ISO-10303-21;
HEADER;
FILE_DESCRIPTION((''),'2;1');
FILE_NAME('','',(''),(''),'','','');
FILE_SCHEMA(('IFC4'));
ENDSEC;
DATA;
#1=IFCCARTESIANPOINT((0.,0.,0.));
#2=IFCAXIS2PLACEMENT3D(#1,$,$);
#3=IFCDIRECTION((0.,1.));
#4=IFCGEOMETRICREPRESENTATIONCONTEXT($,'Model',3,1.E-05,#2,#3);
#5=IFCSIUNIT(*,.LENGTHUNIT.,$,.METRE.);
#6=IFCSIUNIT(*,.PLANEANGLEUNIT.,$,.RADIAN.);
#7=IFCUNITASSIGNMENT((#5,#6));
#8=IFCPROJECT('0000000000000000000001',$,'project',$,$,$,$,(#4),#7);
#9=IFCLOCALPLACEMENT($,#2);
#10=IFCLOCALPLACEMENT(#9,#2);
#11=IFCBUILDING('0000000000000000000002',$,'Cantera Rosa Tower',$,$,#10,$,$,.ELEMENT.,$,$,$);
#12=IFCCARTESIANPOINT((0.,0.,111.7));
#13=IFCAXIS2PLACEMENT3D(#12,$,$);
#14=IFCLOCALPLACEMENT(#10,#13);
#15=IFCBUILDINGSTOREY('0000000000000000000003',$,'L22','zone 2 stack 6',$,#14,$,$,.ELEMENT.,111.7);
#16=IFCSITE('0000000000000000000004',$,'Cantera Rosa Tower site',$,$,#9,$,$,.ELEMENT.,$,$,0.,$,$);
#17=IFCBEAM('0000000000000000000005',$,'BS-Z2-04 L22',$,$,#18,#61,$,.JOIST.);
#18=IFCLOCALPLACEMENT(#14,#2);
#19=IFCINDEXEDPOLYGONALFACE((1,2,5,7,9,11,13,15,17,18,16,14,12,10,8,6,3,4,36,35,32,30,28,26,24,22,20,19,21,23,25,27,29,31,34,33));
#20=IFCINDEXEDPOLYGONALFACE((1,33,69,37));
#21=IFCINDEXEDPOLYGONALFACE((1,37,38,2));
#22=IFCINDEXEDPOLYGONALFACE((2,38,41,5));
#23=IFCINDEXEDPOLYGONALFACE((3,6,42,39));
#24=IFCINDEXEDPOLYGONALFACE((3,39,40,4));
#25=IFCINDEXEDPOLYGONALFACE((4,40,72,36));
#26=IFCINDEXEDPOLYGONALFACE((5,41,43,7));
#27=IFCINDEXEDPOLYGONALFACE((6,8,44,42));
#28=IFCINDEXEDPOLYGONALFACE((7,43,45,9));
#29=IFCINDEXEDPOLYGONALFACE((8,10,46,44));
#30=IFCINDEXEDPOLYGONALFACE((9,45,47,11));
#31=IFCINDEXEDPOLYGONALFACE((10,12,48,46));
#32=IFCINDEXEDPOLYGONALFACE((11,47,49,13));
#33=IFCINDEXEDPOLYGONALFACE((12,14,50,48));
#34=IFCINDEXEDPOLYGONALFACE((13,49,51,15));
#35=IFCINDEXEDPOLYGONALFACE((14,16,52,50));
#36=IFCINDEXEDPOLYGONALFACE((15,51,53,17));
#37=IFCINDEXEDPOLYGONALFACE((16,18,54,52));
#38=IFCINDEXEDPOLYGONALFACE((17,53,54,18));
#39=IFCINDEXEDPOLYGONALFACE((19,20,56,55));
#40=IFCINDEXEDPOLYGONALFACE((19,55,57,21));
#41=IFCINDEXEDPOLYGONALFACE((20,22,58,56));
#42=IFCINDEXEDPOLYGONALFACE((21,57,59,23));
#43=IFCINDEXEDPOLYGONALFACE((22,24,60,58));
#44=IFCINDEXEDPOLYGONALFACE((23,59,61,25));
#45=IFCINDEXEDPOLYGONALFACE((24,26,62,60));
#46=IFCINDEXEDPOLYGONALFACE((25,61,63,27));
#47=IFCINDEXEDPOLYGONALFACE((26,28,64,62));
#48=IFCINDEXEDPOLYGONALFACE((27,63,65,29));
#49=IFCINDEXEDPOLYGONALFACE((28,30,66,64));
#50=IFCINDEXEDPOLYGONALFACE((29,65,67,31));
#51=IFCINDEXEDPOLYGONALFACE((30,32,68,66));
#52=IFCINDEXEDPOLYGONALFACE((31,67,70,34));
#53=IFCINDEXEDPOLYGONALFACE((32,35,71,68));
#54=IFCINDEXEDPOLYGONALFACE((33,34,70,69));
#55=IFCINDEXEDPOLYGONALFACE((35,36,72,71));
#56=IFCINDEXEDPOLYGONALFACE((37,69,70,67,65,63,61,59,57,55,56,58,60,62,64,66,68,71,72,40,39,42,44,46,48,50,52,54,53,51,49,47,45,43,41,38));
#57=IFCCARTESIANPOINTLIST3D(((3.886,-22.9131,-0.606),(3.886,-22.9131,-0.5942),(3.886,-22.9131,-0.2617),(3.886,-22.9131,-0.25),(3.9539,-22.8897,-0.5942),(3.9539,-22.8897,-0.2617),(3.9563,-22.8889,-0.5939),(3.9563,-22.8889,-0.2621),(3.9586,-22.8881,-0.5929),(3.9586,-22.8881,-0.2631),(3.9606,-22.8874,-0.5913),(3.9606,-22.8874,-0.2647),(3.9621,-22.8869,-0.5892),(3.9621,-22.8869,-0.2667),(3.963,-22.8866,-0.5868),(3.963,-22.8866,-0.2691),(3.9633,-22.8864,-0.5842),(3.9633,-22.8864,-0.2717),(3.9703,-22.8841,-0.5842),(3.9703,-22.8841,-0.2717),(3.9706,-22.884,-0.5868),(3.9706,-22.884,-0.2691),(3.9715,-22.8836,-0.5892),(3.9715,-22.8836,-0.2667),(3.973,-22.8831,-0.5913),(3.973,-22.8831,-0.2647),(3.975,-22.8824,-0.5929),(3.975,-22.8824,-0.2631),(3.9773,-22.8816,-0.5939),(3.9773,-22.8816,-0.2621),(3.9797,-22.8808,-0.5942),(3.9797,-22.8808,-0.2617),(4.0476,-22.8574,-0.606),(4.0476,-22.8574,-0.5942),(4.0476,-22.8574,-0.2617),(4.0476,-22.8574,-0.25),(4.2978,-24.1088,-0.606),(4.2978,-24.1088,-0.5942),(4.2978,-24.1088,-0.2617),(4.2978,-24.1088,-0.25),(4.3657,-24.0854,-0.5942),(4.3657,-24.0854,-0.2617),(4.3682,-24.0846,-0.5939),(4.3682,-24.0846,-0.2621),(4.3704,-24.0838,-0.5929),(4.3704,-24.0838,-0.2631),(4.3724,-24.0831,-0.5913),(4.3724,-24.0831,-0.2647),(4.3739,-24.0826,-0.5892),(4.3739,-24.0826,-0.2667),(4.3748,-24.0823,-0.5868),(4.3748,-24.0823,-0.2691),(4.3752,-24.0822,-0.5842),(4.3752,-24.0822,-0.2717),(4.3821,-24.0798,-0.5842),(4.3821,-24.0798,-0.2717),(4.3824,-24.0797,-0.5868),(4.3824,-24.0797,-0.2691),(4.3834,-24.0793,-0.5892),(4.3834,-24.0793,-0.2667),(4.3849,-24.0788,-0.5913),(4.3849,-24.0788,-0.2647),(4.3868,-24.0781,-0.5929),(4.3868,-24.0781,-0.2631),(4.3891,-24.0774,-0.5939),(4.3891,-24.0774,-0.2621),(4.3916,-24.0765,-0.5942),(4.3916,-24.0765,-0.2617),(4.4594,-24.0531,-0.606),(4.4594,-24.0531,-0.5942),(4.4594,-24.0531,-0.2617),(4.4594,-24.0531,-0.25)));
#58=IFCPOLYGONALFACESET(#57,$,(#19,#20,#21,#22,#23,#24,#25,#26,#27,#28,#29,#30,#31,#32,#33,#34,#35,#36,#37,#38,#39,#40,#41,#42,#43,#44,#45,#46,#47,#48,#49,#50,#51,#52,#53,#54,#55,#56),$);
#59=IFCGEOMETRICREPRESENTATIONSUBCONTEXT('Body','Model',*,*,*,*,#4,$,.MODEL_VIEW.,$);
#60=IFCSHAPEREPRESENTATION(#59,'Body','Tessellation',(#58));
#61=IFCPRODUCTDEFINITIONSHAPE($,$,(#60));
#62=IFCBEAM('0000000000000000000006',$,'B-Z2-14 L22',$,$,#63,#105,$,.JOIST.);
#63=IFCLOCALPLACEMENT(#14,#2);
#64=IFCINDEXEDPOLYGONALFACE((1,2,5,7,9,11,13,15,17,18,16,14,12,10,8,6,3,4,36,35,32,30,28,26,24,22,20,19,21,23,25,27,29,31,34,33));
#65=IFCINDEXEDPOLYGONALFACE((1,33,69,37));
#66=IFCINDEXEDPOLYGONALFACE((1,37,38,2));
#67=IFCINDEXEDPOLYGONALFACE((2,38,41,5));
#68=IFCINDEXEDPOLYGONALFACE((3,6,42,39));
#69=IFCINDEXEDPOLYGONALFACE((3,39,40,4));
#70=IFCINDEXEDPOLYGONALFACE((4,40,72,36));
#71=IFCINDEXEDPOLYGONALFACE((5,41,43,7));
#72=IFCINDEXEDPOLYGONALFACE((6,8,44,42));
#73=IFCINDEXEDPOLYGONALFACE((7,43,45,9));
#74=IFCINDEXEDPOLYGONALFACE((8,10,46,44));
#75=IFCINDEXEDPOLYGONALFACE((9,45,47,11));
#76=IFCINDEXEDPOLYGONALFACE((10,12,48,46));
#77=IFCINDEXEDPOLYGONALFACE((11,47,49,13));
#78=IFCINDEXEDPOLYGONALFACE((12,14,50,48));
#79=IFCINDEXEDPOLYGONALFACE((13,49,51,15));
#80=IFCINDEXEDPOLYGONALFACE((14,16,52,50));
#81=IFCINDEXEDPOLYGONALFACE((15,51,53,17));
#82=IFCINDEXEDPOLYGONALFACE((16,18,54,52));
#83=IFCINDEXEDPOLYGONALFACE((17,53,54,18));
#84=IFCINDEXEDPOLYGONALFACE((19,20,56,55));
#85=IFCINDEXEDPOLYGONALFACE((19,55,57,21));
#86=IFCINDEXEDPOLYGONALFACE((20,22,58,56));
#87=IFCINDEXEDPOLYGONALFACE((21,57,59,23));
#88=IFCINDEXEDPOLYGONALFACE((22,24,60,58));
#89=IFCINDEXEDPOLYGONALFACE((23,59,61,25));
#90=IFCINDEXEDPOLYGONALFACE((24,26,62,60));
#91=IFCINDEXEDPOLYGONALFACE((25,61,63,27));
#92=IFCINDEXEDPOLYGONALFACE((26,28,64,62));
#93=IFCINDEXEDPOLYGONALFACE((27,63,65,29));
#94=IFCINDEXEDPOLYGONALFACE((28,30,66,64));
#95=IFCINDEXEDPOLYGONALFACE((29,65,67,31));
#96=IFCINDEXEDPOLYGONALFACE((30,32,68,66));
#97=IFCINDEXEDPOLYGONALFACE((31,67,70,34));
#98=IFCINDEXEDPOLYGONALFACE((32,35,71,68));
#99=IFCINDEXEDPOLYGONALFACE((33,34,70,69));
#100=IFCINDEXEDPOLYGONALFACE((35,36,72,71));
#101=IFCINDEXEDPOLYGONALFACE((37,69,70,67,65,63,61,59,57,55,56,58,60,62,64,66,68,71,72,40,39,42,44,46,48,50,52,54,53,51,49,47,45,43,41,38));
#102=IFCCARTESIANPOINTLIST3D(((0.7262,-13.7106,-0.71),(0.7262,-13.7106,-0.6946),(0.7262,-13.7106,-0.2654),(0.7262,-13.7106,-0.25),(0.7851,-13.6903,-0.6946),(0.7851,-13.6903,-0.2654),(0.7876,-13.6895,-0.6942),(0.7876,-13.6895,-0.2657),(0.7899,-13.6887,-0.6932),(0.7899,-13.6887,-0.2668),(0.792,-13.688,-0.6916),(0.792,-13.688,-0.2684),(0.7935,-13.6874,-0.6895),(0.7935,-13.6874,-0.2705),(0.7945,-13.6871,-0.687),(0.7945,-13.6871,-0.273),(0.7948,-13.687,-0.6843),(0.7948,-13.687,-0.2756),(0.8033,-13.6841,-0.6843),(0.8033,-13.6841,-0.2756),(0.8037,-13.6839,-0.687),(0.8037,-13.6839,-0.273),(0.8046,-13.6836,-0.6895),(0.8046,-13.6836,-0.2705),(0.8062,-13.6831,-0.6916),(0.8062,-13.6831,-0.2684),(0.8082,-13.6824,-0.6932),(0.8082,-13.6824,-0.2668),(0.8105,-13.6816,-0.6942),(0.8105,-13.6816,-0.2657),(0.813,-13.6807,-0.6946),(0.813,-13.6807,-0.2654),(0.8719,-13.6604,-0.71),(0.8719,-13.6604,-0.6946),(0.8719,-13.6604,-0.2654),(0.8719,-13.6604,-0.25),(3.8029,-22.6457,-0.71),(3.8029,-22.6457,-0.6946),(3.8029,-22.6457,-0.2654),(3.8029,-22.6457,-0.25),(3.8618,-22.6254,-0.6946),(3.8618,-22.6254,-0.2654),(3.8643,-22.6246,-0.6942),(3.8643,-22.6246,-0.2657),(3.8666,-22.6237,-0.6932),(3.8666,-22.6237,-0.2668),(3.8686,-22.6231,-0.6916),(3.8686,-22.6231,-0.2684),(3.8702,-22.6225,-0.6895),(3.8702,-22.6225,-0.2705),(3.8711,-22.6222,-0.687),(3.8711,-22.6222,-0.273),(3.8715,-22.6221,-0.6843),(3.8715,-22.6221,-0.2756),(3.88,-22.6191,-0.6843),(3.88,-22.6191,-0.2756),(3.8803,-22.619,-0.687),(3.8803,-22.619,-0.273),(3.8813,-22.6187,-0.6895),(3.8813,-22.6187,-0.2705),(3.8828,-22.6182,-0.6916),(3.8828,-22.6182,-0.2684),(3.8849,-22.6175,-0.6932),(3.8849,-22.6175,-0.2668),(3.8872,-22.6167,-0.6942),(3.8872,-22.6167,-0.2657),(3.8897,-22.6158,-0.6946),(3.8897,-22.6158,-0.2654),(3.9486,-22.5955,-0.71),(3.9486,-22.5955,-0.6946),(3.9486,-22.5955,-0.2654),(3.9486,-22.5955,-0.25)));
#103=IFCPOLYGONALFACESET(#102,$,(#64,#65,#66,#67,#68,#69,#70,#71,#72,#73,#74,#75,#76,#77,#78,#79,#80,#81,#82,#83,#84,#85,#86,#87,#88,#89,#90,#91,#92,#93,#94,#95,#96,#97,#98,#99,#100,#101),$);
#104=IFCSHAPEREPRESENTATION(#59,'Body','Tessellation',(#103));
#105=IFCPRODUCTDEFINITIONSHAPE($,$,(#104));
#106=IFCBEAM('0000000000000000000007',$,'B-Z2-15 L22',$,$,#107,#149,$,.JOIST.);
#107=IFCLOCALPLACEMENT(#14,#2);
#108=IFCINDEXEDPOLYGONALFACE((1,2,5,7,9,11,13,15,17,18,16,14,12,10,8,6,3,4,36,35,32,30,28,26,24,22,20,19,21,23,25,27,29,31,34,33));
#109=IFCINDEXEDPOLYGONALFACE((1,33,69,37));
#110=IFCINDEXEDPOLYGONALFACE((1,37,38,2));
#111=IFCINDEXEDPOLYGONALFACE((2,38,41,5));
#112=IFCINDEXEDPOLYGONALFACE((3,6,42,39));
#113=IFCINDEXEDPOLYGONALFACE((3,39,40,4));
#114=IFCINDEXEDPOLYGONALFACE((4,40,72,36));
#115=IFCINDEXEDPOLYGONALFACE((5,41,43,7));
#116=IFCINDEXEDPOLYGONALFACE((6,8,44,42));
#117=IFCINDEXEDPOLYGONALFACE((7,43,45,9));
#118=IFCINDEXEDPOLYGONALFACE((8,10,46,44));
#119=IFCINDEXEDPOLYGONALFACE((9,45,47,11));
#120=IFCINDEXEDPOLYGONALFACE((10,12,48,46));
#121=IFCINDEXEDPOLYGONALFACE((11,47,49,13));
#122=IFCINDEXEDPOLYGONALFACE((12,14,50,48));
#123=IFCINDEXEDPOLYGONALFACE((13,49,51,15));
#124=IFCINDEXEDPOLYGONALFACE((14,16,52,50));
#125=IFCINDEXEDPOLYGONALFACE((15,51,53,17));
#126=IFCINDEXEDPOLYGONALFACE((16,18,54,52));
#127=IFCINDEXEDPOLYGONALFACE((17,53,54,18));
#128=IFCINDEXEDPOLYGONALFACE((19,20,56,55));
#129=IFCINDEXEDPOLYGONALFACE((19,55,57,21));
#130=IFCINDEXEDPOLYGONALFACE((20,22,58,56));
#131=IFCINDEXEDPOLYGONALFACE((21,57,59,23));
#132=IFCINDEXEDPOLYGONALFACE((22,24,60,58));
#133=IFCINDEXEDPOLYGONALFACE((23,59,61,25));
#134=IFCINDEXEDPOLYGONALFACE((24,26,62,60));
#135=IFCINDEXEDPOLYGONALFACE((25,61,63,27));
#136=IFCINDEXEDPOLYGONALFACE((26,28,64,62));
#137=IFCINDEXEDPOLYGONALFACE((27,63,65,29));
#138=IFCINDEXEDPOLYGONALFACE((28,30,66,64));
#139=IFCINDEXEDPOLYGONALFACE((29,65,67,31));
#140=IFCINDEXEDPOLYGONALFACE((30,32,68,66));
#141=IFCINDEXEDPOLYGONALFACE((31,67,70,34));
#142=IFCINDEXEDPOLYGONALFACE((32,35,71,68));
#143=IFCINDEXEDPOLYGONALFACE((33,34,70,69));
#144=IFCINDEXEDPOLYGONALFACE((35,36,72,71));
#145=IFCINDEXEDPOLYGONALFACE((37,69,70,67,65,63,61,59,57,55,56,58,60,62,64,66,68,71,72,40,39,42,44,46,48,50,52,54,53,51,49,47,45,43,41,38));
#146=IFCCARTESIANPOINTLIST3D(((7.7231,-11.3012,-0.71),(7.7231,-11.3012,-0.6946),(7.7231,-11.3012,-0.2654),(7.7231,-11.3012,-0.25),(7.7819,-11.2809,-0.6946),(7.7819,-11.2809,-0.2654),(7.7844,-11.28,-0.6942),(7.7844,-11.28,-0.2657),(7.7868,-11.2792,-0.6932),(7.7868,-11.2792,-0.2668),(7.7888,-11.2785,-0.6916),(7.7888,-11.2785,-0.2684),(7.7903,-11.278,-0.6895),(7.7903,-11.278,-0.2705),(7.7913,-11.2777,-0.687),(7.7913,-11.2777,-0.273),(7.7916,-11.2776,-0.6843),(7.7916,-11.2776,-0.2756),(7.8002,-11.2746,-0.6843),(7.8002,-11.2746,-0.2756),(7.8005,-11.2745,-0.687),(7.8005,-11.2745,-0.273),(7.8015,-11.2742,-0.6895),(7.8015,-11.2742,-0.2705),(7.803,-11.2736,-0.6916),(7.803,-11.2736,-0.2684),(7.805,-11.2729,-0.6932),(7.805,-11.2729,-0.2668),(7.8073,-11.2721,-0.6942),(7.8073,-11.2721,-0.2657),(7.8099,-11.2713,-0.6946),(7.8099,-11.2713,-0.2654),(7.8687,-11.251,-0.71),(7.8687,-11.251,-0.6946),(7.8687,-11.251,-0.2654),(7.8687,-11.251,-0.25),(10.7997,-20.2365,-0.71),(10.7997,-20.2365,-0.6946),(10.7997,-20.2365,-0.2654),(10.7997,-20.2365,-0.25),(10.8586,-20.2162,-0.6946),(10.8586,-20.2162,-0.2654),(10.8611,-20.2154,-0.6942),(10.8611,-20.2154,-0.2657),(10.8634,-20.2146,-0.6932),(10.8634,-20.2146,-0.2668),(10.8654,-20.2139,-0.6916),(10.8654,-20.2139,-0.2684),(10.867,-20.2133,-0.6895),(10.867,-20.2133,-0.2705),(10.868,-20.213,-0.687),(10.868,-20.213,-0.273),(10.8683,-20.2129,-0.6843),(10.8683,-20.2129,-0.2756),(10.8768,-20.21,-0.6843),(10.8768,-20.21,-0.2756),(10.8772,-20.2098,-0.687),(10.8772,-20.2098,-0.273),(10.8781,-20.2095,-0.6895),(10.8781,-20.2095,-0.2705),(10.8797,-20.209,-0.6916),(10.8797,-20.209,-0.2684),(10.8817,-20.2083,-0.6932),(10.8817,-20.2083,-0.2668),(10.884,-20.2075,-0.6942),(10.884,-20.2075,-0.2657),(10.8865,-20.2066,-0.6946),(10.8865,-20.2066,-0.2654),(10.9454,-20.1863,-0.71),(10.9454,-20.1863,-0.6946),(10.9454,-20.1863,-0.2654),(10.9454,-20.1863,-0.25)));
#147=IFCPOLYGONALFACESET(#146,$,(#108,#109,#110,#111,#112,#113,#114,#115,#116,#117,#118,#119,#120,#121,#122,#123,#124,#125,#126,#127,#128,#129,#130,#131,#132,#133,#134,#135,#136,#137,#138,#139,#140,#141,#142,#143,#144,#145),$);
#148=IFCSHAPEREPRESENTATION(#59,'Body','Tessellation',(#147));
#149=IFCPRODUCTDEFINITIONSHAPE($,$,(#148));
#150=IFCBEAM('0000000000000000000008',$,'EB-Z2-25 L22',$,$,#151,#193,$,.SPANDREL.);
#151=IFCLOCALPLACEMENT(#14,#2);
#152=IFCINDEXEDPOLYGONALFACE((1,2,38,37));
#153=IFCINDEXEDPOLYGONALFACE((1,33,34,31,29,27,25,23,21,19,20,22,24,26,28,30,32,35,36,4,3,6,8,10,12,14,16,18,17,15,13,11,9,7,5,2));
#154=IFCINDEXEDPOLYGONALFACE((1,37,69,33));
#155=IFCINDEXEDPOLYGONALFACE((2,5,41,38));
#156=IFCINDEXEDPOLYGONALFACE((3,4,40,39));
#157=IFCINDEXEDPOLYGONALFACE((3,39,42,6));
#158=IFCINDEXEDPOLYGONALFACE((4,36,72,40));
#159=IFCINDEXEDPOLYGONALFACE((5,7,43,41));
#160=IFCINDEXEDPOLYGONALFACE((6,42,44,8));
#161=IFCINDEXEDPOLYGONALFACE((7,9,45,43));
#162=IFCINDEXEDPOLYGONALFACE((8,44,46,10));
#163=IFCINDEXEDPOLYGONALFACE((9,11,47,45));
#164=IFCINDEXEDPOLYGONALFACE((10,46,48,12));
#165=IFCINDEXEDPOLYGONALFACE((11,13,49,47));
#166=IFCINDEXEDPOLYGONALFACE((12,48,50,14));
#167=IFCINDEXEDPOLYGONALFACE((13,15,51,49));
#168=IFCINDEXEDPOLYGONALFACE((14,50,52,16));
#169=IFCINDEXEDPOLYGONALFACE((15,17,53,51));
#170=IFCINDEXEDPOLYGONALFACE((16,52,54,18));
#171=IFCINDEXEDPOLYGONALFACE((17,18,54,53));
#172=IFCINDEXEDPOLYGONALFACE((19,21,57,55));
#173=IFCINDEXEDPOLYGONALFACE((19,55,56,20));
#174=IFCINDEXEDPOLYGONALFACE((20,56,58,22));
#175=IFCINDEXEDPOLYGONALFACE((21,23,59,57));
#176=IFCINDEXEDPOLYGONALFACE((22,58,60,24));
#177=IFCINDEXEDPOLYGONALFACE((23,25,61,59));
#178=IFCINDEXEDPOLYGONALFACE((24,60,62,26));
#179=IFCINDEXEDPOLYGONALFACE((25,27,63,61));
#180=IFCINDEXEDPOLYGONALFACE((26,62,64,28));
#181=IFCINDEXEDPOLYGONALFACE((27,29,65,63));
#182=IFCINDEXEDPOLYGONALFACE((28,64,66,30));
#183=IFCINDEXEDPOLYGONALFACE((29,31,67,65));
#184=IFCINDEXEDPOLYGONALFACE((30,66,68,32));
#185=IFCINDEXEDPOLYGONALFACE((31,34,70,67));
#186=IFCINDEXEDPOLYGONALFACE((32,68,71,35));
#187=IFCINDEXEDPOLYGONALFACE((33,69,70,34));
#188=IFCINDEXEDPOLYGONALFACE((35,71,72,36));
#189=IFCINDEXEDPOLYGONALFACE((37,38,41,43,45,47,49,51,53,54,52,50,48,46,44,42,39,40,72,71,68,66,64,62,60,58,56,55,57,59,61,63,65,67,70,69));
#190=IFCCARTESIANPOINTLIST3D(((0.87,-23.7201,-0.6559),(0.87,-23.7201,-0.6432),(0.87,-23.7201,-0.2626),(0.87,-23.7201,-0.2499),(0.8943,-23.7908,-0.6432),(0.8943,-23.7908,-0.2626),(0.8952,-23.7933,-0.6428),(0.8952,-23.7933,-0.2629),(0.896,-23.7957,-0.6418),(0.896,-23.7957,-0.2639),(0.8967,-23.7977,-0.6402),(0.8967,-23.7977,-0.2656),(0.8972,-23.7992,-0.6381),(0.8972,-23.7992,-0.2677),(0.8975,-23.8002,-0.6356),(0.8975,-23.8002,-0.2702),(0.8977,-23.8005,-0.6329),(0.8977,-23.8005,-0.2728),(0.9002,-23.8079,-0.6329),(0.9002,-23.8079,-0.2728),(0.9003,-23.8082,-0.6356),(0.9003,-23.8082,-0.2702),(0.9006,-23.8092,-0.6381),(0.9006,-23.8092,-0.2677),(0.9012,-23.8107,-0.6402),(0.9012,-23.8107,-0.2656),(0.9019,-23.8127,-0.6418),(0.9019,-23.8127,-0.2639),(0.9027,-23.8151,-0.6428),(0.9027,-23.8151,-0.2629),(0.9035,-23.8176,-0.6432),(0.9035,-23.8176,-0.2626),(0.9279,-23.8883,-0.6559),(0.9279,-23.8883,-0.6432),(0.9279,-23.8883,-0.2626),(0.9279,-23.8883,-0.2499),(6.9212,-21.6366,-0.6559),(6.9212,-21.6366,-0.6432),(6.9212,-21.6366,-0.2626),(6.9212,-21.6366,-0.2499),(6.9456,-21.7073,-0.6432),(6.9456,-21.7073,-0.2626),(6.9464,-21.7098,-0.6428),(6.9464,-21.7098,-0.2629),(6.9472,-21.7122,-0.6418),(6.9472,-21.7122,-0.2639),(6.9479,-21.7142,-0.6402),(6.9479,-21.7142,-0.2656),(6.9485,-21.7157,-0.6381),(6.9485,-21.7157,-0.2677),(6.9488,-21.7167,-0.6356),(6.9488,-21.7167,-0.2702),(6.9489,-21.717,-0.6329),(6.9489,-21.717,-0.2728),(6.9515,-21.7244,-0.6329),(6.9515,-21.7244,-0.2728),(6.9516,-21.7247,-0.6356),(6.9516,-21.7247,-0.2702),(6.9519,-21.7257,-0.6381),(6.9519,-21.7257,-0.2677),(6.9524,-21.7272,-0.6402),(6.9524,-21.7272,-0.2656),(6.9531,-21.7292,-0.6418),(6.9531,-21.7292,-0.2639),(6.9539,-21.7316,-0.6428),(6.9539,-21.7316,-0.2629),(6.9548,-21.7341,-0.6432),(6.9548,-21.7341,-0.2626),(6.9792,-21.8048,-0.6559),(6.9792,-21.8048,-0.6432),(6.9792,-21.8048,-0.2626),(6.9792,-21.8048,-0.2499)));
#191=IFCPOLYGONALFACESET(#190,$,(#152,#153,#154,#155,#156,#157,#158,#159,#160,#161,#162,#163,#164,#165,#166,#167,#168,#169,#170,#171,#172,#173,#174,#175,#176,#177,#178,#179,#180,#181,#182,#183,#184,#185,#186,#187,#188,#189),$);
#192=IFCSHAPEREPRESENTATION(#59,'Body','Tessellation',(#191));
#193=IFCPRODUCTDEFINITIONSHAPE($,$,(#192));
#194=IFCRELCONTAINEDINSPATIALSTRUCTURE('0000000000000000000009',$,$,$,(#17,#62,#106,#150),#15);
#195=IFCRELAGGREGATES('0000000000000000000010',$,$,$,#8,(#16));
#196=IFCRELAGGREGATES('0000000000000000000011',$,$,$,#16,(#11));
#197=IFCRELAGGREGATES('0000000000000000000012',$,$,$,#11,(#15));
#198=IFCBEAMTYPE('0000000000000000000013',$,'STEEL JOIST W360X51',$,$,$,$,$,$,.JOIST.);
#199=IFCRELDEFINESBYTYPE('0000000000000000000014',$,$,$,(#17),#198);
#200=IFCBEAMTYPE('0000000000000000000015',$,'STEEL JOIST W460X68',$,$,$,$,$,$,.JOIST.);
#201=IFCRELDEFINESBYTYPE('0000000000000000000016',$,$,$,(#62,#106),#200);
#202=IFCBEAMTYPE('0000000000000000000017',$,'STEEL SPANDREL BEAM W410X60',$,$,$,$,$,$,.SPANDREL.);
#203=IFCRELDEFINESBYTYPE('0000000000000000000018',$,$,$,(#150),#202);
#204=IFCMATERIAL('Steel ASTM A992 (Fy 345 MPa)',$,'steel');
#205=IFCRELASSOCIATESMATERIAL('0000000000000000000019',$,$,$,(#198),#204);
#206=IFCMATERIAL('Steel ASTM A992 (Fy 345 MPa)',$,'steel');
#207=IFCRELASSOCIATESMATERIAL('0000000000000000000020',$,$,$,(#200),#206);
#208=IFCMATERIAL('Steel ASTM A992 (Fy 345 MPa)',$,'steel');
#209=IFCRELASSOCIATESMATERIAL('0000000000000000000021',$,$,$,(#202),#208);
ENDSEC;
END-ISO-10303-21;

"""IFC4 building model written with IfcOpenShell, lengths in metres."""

from ifc_helpers import new_model, si_unit, direction, frame, origin, origin_2d, place, context, subcontext, project, spatial, i_section, extrude, material, material_profile, profile_set, type_object, element, save


model = new_model("IFC4")

# Units and contexts
model_context = context("Model", 3, precision=1e-05, world=origin(), true_north=direction((0.0, 1.0)))
body_context = subcontext(model_context, "Body", "Model", "MODEL_VIEW")
ifc_project = project(units=[si_unit("LENGTHUNIT", "METRE"), si_unit("PLANEANGLEUNIT", "RADIAN")], contexts=[model_context])

# Site, building, storey
site_placement = place(None, origin())
site = spatial("IfcSite", under=ifc_project, at=site_placement, Name="Cantera Rosa Tower site", CompositionType="ELEMENT", RefElevation=0.0)
building_placement = place(site_placement, origin())
building = spatial("IfcBuilding", under=site, at=building_placement, Name="Cantera Rosa Tower", CompositionType="ELEMENT")
storey_placement = place(building_placement, frame((0.0, 0.0, 111.7)))
storey = spatial("IfcBuildingStorey", under=building, at=storey_placement, Name="L22", Description="zone 2 stack 6", CompositionType="ELEMENT", Elevation=111.7)

# Beams
ifc_material_1 = material(Name="Steel ASTM A992 (Fy 345 MPa)", Category="steel")
ifc_material_profile_1 = material_profile(ifc_material_1, i_section(OverallWidth=0.1709, OverallDepth=0.356, WebThickness=0.0073, FlangeThickness=0.0117, FilletRadius=0.01, at=origin_2d()), Name="W360X51")
ifc_profile_set_1 = profile_set([ifc_material_profile_1], Name="Steel ASTM A992 (Fy 345 MPa)")
beam_type_1 = type_object("IfcBeamType", Name="STEEL JOIST W360X51", PredefinedType="JOIST", material=ifc_profile_set_1)
beam_1_placement = place(storey_placement, frame((3.9668, -22.8853, -0.428), z_axis=(0.325652, -0.94549, 0.0), x_axis=(0.94549, 0.325652, 0.0)))
element("IfcBeam", 1, at=beam_1_placement, inside=storey, type_object=beam_type_1, Name="BS-Z2-04 L22", PredefinedType="JOIST", context=body_context, shape_type="SweptSolid", body=[
    extrude(i_section(OverallWidth=0.1709, OverallDepth=0.356, WebThickness=0.0073, FlangeThickness=0.0117, FilletRadius=0.01, at=origin_2d()), origin(), (0.0, 0.0, 1.0), 1.2646),
])
ifc_material_2 = material(Name="Steel ASTM A992 (Fy 345 MPa)", Category="steel")
ifc_material_profile_2 = material_profile(ifc_material_2, i_section(OverallWidth=0.1541, OverallDepth=0.46, WebThickness=0.009, FlangeThickness=0.0154, FilletRadius=0.0103, at=origin_2d()), Name="W460X68")
ifc_profile_set_2 = profile_set([ifc_material_profile_2], Name="Steel ASTM A992 (Fy 345 MPa)")
beam_type_2 = type_object("IfcBeamType", Name="STEEL JOIST W460X68", PredefinedType="JOIST", material=ifc_profile_set_2)
beam_2_placement = place(storey_placement, frame((3.8757, -22.6206, -0.48), z_axis=(-0.325575, 0.945516, 0.0), x_axis=(-0.945516, -0.325575, 0.0)))
element("IfcBeam", 2, at=beam_2_placement, inside=storey, type_object=beam_type_2, Name="B-Z2-14 L22", PredefinedType="JOIST", context=body_context, shape_type="SweptSolid", body=[
    extrude(i_section(OverallWidth=0.1541, OverallDepth=0.46, WebThickness=0.009, FlangeThickness=0.0154, FilletRadius=0.0103, at=origin_2d()), origin(), (0.0, 0.0, 1.0), 9.45),
])
beam_3_placement = place(storey_placement, frame((10.8726, -20.2114, -0.48), z_axis=(-0.325567, 0.945519, 0.0), x_axis=(-0.945519, -0.325567, 0.0)))
element("IfcBeam", 3, at=beam_3_placement, inside=storey, type_object=beam_type_2, Name="B-Z2-15 L22", PredefinedType="JOIST", context=body_context, shape_type="SweptSolid", body=[
    extrude(i_section(OverallWidth=0.1541, OverallDepth=0.46, WebThickness=0.009, FlangeThickness=0.0154, FilletRadius=0.0103, at=origin_2d()), origin(), (0.0, 0.0, 1.0), 9.4502),
])
ifc_material_3 = material(Name="Steel ASTM A992 (Fy 345 MPa)", Category="steel")
ifc_material_profile_3 = material_profile(ifc_material_3, i_section(OverallWidth=0.178, OverallDepth=0.406, WebThickness=0.0078, FlangeThickness=0.0127, FilletRadius=0.0103, at=origin_2d()), Name="W410X60")
ifc_profile_set_3 = profile_set([ifc_material_profile_3], Name="Steel ASTM A992 (Fy 345 MPa)")
beam_type_3 = type_object("IfcBeamType", Name="STEEL SPANDREL BEAM W410X60", PredefinedType="SPANDREL", material=ifc_profile_set_3)
for number, where, z_axis, x_axis, name in (
    (4, (0.8989, -23.8042, -0.4529), (0.945524, 0.325551, 0.0), (-0.325551, 0.945524, 0.0), "EB-Z2-25 L22"),
):
    element("IfcBeam", number, at=place(storey_placement, frame(where, z_axis=z_axis, x_axis=x_axis)), inside=storey, type_object=beam_type_3, Name=name, PredefinedType="SPANDREL", context=body_context, shape_type="SweptSolid", body=[
        extrude(i_section(OverallWidth=0.178, OverallDepth=0.406, WebThickness=0.0078, FlangeThickness=0.0127, FilletRadius=0.0103, at=origin_2d()), origin(), (0.0, 0.0, 1.0), 6.3999),
    ])

save(model, "model.ifc")
